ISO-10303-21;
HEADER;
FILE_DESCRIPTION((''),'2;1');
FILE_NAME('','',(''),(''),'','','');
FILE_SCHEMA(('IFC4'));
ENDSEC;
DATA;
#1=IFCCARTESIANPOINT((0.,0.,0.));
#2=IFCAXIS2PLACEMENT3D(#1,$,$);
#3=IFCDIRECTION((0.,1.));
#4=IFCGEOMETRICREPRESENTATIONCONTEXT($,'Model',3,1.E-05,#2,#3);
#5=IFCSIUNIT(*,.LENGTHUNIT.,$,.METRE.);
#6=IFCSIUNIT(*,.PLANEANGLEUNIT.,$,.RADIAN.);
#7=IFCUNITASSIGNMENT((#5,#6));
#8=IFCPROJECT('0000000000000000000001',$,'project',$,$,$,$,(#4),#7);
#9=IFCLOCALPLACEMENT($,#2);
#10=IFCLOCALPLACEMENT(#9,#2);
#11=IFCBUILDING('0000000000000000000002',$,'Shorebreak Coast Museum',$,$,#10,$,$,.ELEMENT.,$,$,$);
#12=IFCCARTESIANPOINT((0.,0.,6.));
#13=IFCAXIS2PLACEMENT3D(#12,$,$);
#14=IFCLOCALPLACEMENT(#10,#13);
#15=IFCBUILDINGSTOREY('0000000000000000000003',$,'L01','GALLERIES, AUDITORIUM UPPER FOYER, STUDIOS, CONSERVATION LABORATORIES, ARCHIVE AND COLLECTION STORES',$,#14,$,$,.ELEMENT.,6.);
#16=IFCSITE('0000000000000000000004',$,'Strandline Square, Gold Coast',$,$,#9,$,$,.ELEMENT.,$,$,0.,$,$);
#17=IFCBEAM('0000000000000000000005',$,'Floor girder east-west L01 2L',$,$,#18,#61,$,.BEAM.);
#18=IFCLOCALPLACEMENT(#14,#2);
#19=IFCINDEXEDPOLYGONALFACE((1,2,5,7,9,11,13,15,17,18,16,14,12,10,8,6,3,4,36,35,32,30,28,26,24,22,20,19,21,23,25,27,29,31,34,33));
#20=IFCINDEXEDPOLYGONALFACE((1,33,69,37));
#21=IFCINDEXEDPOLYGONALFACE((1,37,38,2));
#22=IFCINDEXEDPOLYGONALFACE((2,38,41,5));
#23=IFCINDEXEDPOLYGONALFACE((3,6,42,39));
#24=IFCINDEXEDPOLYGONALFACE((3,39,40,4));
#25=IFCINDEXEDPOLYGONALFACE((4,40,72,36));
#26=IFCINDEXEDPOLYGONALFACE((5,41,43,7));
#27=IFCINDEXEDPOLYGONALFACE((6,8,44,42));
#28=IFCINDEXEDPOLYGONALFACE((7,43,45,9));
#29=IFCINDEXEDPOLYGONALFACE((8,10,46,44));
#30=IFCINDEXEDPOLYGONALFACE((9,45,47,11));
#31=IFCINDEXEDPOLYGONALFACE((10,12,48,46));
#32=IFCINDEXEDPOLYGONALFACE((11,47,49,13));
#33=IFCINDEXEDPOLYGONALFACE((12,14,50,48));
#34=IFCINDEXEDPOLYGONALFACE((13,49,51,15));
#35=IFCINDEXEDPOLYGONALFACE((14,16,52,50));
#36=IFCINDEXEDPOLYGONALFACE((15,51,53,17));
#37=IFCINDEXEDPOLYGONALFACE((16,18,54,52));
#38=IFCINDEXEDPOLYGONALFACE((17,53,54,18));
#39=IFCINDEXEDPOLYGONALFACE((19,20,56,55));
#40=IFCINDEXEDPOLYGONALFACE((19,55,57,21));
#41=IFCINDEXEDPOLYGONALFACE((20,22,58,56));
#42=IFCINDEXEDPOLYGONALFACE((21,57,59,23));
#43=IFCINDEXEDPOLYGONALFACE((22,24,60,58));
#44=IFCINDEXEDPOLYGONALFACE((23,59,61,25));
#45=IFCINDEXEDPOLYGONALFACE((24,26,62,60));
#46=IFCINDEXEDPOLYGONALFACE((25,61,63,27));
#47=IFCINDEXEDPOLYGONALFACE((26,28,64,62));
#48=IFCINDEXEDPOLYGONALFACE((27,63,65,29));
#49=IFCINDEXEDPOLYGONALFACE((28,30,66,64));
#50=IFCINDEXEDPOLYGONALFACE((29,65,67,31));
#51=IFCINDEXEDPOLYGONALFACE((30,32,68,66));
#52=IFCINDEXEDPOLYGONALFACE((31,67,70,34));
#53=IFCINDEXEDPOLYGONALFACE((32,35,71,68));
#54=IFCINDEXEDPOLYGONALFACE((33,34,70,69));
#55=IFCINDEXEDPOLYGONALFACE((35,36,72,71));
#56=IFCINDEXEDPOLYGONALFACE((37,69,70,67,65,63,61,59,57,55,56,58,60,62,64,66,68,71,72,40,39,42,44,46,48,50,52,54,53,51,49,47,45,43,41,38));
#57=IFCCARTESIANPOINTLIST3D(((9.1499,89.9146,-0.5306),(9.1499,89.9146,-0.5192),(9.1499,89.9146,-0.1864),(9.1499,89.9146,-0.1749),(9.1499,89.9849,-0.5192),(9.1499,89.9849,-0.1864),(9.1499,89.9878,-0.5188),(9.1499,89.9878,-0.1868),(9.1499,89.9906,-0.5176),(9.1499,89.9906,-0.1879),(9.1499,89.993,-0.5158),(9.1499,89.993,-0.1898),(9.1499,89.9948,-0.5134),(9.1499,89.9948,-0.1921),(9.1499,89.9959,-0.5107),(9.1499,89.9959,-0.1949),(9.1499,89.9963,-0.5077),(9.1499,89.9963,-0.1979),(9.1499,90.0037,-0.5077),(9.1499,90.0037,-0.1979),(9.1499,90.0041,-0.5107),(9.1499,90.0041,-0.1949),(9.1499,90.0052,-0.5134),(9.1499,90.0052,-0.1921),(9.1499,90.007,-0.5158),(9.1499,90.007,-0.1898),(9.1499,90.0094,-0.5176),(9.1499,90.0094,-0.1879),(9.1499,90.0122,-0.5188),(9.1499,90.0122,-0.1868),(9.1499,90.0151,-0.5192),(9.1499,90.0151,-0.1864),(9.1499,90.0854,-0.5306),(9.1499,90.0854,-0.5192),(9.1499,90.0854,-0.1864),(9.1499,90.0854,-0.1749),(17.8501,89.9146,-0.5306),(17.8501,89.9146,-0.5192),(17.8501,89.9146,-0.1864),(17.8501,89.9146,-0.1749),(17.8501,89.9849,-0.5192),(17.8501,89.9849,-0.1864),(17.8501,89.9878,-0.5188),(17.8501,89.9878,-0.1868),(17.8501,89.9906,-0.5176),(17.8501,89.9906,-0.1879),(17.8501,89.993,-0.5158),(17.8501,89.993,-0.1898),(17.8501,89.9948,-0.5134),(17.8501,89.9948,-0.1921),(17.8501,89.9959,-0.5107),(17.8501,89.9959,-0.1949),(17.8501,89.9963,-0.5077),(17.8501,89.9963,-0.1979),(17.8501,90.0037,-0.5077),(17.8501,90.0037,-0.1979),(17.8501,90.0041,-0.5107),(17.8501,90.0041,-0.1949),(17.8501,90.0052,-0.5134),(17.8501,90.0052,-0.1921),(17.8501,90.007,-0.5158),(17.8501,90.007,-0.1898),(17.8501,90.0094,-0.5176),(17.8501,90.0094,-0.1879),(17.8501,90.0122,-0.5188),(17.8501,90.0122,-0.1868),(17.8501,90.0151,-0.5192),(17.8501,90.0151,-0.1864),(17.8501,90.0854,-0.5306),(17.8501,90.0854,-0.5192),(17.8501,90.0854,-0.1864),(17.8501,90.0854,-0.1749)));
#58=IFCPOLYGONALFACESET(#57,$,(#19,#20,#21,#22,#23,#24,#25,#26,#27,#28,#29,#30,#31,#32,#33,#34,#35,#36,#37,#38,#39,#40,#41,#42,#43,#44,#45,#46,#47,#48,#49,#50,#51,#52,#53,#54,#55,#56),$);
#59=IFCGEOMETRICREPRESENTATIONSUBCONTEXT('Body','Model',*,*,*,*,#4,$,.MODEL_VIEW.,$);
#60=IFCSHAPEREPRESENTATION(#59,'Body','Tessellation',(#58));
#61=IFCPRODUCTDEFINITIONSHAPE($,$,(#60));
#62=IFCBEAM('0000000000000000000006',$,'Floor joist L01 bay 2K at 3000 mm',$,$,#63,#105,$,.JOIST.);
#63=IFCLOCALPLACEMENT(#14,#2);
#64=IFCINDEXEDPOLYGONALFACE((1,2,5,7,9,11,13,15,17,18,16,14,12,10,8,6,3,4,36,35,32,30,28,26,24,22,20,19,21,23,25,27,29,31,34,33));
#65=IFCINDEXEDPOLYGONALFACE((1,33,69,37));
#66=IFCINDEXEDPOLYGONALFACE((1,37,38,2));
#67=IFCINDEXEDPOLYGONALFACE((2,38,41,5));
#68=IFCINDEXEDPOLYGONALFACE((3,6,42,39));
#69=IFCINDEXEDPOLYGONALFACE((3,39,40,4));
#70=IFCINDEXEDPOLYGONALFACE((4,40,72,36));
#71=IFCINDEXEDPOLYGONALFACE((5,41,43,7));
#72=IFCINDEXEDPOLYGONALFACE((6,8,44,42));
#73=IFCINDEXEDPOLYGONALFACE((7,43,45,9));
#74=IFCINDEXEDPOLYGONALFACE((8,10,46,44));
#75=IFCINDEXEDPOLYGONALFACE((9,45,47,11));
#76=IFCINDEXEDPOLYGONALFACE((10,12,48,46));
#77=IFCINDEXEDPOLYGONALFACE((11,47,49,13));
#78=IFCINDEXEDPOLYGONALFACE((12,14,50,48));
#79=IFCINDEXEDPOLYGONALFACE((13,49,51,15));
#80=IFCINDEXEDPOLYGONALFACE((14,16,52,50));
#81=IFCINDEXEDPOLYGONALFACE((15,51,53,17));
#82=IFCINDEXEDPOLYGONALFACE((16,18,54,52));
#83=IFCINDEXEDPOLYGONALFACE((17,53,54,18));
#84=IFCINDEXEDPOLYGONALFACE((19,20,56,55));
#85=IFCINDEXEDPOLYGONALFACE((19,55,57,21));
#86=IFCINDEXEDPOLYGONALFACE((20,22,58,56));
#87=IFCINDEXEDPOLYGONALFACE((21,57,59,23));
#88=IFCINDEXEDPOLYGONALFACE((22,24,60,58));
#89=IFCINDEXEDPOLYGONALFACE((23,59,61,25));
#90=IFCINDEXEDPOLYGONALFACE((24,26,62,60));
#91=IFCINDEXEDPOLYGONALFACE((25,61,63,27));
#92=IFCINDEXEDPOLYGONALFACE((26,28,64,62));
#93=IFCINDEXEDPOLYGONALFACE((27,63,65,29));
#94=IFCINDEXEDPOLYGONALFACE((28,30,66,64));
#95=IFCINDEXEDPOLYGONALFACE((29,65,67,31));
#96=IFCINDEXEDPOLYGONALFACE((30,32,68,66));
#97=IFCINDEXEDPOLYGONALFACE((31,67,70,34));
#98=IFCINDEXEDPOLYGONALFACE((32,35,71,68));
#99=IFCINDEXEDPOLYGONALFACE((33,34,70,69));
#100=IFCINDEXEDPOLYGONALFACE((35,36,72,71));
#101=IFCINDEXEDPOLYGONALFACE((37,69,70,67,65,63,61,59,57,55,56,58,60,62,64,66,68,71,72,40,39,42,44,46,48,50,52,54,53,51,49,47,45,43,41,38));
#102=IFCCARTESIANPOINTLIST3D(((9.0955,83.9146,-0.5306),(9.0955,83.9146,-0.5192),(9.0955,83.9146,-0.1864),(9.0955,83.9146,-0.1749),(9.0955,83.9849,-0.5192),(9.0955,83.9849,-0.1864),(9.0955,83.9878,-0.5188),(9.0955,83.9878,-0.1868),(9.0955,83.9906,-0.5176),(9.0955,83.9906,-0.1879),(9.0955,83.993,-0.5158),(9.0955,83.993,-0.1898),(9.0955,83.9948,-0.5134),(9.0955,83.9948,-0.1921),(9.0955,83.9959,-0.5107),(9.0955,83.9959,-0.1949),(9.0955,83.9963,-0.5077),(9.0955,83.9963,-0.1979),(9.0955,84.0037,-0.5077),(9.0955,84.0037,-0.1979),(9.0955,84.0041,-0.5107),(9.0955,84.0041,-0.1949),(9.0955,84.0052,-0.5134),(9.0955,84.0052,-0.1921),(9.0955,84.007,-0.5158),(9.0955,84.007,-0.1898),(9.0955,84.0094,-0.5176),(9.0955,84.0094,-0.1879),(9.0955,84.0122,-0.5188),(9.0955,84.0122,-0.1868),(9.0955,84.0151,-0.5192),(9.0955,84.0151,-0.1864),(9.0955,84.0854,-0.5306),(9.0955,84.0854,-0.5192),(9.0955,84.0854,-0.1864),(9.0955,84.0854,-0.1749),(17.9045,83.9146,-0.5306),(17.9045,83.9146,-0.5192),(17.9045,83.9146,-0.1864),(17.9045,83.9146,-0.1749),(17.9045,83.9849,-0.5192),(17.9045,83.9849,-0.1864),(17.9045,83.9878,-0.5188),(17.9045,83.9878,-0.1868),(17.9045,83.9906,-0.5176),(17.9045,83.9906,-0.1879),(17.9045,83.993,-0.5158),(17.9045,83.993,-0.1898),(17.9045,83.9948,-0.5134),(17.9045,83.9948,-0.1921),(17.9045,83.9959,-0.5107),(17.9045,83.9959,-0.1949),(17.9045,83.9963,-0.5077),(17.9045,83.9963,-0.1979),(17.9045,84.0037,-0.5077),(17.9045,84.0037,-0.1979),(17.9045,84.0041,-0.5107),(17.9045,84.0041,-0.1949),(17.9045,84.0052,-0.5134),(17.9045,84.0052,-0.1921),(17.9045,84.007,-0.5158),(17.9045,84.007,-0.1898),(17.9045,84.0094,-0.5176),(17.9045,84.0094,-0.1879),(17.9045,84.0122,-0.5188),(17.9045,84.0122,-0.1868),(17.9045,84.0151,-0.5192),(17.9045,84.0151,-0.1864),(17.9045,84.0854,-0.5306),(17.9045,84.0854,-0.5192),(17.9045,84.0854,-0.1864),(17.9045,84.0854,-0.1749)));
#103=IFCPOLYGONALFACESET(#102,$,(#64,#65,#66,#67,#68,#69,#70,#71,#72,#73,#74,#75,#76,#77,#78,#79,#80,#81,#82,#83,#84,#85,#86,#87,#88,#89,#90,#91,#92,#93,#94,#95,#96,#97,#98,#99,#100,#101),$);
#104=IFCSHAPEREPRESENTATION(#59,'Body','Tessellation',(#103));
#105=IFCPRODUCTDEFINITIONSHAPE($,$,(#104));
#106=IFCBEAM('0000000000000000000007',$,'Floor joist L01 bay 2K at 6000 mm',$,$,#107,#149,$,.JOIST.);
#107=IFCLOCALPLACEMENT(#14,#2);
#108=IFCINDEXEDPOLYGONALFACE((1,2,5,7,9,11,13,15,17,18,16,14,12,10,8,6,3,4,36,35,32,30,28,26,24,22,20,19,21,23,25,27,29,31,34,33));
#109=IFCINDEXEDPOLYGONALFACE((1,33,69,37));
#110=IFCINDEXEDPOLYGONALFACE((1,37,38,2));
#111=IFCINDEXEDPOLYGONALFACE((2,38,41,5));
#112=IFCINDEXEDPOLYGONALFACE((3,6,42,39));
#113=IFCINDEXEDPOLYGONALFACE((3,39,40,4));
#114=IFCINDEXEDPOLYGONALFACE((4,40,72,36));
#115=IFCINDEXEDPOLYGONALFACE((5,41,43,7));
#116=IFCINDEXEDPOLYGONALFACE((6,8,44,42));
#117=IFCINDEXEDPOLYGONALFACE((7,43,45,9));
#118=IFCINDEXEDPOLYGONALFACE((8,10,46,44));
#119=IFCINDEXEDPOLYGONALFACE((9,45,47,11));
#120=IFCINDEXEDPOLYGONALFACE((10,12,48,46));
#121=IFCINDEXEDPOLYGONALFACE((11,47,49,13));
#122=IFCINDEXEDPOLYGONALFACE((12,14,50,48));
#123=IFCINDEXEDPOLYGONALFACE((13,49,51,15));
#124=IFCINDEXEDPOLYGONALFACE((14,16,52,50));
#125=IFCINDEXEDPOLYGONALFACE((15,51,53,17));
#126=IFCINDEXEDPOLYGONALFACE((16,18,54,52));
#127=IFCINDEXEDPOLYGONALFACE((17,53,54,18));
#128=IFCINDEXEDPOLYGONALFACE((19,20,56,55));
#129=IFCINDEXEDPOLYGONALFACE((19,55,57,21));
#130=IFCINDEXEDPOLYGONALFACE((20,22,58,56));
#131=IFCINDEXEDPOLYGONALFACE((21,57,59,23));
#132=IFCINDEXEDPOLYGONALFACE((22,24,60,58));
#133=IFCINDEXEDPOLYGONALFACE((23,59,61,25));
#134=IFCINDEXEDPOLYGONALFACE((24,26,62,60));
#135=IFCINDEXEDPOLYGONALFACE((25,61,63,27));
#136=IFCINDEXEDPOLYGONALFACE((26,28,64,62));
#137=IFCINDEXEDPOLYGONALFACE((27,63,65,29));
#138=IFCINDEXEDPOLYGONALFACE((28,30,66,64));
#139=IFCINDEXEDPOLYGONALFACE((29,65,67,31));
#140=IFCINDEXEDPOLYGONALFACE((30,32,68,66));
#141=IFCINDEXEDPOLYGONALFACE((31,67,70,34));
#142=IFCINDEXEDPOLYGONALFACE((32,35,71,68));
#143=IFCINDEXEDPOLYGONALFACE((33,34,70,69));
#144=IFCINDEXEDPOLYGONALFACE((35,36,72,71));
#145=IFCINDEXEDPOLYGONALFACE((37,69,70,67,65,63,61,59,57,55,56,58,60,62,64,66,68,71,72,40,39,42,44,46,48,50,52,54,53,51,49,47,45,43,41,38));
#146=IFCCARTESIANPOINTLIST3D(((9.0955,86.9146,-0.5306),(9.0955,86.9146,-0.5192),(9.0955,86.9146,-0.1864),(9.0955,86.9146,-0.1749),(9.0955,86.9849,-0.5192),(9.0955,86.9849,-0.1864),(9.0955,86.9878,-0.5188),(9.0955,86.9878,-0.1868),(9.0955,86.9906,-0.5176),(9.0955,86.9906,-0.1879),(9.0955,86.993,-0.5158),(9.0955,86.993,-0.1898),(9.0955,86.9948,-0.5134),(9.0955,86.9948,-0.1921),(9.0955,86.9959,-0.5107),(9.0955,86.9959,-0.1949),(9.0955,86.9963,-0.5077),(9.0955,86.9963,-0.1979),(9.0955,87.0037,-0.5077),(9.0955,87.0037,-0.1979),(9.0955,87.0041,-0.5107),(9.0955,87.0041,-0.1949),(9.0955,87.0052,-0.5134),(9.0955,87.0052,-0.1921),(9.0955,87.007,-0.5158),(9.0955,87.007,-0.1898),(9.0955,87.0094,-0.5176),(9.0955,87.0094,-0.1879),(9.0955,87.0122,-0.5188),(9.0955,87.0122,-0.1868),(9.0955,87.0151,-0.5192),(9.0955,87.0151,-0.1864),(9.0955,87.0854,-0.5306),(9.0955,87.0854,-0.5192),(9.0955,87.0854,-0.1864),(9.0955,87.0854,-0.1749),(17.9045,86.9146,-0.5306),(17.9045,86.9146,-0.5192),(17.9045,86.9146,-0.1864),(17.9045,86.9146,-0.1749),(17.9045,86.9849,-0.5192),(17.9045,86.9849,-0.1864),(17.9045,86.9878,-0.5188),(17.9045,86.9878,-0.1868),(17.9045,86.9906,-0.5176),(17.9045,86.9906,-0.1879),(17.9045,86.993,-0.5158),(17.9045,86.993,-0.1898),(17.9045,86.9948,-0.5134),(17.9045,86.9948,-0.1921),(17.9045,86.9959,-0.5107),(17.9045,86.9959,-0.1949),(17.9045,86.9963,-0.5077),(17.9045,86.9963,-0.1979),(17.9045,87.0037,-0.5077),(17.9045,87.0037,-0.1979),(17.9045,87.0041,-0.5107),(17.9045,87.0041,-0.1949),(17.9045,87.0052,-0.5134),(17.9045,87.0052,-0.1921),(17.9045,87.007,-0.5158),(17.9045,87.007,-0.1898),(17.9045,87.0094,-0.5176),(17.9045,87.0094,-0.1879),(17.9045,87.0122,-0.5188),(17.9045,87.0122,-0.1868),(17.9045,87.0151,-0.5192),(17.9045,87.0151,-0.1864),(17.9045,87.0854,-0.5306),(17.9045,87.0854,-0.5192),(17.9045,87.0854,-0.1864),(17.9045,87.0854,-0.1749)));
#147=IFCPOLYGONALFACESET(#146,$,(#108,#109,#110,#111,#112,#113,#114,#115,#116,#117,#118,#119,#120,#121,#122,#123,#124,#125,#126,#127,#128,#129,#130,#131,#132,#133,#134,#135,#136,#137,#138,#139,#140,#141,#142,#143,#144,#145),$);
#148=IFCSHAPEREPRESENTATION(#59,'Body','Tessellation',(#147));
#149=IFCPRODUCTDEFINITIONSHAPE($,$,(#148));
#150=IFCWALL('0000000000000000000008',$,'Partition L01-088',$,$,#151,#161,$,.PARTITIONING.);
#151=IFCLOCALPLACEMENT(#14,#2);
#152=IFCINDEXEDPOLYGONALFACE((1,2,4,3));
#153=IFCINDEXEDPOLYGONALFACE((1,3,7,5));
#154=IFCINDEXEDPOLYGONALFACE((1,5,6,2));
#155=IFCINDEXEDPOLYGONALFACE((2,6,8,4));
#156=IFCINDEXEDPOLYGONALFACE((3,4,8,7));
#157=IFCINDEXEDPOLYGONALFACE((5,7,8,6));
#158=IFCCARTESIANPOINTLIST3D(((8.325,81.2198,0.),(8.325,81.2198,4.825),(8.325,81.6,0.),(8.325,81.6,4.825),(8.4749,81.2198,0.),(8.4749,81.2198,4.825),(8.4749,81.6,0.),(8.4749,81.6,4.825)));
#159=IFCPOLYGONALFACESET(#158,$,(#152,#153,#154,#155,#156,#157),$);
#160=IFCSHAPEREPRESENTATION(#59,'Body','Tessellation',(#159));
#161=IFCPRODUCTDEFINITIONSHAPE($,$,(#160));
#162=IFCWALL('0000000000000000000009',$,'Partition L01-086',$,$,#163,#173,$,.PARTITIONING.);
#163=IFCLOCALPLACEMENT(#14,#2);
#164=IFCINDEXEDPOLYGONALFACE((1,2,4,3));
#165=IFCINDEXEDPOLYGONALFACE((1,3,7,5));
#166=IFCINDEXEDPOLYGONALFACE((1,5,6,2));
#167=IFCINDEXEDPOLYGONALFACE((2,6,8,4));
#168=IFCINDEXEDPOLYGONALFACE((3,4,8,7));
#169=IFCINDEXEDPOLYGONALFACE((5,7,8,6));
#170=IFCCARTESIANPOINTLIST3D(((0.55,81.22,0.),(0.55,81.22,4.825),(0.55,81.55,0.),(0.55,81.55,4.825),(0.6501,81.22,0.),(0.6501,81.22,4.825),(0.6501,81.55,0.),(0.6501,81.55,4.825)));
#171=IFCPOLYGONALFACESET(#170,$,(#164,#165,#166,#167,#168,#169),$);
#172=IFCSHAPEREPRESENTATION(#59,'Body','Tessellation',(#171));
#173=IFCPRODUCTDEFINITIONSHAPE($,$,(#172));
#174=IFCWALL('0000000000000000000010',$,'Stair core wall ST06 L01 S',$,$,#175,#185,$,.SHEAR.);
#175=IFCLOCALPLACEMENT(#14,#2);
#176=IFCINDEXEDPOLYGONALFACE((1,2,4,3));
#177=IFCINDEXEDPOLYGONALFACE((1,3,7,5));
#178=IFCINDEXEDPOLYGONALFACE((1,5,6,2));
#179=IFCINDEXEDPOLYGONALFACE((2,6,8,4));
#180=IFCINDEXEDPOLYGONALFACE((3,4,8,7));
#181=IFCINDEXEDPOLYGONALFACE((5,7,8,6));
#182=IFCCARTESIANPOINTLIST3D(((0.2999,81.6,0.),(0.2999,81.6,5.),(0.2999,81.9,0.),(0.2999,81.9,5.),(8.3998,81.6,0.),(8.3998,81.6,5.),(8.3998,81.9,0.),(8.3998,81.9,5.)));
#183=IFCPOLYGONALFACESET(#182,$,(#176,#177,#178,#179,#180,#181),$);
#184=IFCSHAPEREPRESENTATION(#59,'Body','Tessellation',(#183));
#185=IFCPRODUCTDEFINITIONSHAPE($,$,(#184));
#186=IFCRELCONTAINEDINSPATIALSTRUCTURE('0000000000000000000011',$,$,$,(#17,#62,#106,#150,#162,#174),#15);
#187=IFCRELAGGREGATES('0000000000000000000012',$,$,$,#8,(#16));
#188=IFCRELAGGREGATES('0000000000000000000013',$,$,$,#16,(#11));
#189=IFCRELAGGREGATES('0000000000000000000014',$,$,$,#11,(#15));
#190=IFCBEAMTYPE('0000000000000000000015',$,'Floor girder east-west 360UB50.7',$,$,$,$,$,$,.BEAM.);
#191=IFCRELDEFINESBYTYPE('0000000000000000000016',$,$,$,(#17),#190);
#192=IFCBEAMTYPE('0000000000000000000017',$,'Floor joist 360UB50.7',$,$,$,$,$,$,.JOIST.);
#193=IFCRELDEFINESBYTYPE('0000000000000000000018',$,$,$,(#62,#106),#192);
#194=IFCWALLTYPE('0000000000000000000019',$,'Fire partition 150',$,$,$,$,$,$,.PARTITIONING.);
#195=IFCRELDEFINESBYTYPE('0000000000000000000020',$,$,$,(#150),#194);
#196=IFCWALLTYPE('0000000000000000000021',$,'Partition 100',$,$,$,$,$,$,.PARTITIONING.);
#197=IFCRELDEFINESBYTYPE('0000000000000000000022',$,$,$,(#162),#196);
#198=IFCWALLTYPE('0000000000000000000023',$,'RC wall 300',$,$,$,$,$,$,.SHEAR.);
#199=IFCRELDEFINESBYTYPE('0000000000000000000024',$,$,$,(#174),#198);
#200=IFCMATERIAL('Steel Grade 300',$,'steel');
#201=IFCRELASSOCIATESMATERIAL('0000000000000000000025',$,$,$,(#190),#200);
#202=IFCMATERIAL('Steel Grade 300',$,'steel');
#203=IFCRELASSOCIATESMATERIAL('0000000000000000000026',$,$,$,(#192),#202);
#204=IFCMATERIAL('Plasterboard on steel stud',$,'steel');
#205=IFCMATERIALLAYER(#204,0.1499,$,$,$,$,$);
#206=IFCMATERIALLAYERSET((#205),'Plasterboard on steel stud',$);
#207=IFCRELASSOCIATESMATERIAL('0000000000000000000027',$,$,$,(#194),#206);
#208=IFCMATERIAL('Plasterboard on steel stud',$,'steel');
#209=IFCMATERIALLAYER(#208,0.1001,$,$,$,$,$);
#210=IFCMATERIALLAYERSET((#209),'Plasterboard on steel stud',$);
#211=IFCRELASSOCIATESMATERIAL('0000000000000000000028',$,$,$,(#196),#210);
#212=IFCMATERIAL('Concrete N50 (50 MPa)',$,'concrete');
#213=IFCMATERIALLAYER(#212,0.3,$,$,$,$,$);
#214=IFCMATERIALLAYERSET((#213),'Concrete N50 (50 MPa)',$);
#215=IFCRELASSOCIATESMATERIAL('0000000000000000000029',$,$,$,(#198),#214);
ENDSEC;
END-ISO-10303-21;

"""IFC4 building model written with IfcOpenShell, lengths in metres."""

from ifc_helpers import new_model, si_unit, direction, frame, frame_2d, origin, origin_2d, place, context, subcontext, project, spatial, rectangle, i_section, extrude, material, layer, layer_set, material_profile, profile_set, type_object, element, save


model = new_model("IFC4")

# Units and contexts
model_context = context("Model", 3, precision=1e-05, world=origin(), true_north=direction((0.0, 1.0)))
body_context = subcontext(model_context, "Body", "Model", "MODEL_VIEW")
ifc_project = project(units=[si_unit("LENGTHUNIT", "METRE"), si_unit("PLANEANGLEUNIT", "RADIAN")], contexts=[model_context])

# Site, building, storey
site_placement = place(None, origin())
site = spatial("IfcSite", under=ifc_project, at=site_placement, Name="Strandline Square, Gold Coast", CompositionType="ELEMENT", RefElevation=0.0)
building_placement = place(site_placement, origin())
building = spatial("IfcBuilding", under=site, at=building_placement, Name="Shorebreak Coast Museum", CompositionType="ELEMENT")
storey_placement = place(building_placement, frame((0.0, 0.0, 6.0)))
storey = spatial("IfcBuildingStorey", under=building, at=storey_placement, Name="L01", Description="GALLERIES, AUDITORIUM UPPER FOYER, STUDIOS, CONSERVATION LABORATORIES, ARCHIVE AND COLLECTION STORES", CompositionType="ELEMENT", Elevation=6.0)

# Beams
ifc_material_1 = material(Name="Steel Grade 300", Category="steel")
ifc_material_profile_1 = material_profile(ifc_material_1, i_section(OverallWidth=0.1709, OverallDepth=0.3557, WebThickness=0.0073, FlangeThickness=0.0115, FilletRadius=0.0115, at=origin_2d()), Name="360UB50.7")
ifc_profile_set_1 = profile_set([ifc_material_profile_1], Name="Steel Grade 300")
beam_type_1 = type_object("IfcBeamType", Name="Floor girder east-west 360UB50.7", PredefinedType="BEAM", material=ifc_profile_set_1)
for number, where, z_axis, x_axis, name in (
    (1, (9.1499, 90.0, -0.3528), (1.0, 0.0, 0.0), (0.0, 1.0, 0.0), "Floor girder east-west L01 2L"),
):
    element("IfcBeam", number, at=place(storey_placement, frame(where, z_axis=z_axis, x_axis=x_axis)), inside=storey, type_object=beam_type_1, Name=name, PredefinedType="BEAM", context=body_context, shape_type="SweptSolid", body=[
        extrude(i_section(OverallWidth=0.1709, OverallDepth=0.3557, WebThickness=0.0073, FlangeThickness=0.0115, FilletRadius=0.0115, at=origin_2d()), origin(), (0.0, 0.0, 1.0), 8.7002),
    ])
ifc_material_2 = material(Name="Steel Grade 300", Category="steel")
ifc_material_profile_2 = material_profile(ifc_material_2, i_section(OverallWidth=0.1709, OverallDepth=0.3557, WebThickness=0.0073, FlangeThickness=0.0115, FilletRadius=0.0115, at=origin_2d()), Name="360UB50.7")
ifc_profile_set_2 = profile_set([ifc_material_profile_2], Name="Steel Grade 300")
beam_type_2 = type_object("IfcBeamType", Name="Floor joist 360UB50.7", PredefinedType="JOIST", material=ifc_profile_set_2)
for number, where, z_axis, x_axis, name in (
    (2, (9.0955, 84.0, -0.3528), (1.0, 0.0, 0.0), (0.0, 1.0, 0.0), "Floor joist L01 bay 2K at 3000 mm"),
    (3, (9.0955, 87.0, -0.3528), (1.0, 0.0, 0.0), (0.0, 1.0, 0.0), "Floor joist L01 bay 2K at 6000 mm"),
):
    element("IfcBeam", number, at=place(storey_placement, frame(where, z_axis=z_axis, x_axis=x_axis)), inside=storey, type_object=beam_type_2, Name=name, PredefinedType="JOIST", context=body_context, shape_type="SweptSolid", body=[
        extrude(i_section(OverallWidth=0.1709, OverallDepth=0.3557, WebThickness=0.0073, FlangeThickness=0.0115, FilletRadius=0.0115, at=origin_2d()), origin(), (0.0, 0.0, 1.0), 8.8091),
    ])

# Walls
ifc_material_3 = material(Name="Plasterboard on steel stud", Category="steel")
ifc_layer_1 = layer(ifc_material_3, 0.1499)
ifc_layer_set_1 = layer_set([ifc_layer_1], Name="Plasterboard on steel stud")
wall_type_1 = type_object("IfcWallType", Name="Fire partition 150", PredefinedType="PARTITIONING", material=ifc_layer_set_1)
wall_1_placement = place(storey_placement, frame((8.3999, 81.22, 0.0), z_axis=(0.0, 0.0, 1.0), x_axis=(0.0, 1.0, 0.0)))
element("IfcWall", 4, at=wall_1_placement, inside=storey, type_object=wall_type_1, Name="Partition L01-088", PredefinedType="PARTITIONING", context=body_context, shape_type="SweptSolid", body=[
    extrude(rectangle(XDim=0.3801, YDim=0.1499, at=frame_2d((0.1899, 0.0))), origin(), (0.0, 0.0, 1.0), 4.825),
])
ifc_material_4 = material(Name="Plasterboard on steel stud", Category="steel")
ifc_layer_2 = layer(ifc_material_4, 0.1001)
ifc_layer_set_2 = layer_set([ifc_layer_2], Name="Plasterboard on steel stud")
wall_type_2 = type_object("IfcWallType", Name="Partition 100", PredefinedType="PARTITIONING", material=ifc_layer_set_2)
wall_2_placement = place(storey_placement, frame((0.6001, 81.22, 0.0), z_axis=(0.0, 0.0, 1.0), x_axis=(0.0, 1.0, 0.0)))
element("IfcWall", 5, at=wall_2_placement, inside=storey, type_object=wall_type_2, Name="Partition L01-086", PredefinedType="PARTITIONING", context=body_context, shape_type="SweptSolid", body=[
    extrude(rectangle(XDim=0.3301, YDim=0.1001, at=frame_2d((0.165, 0.0))), origin(), (0.0, 0.0, 1.0), 4.825),
])
ifc_material_5 = material(Name="Concrete N50 (50 MPa)", Category="concrete")
ifc_layer_3 = layer(ifc_material_5, 0.3)
ifc_layer_set_3 = layer_set([ifc_layer_3], Name="Concrete N50 (50 MPa)")
wall_type_3 = type_object("IfcWallType", Name="RC wall 300", PredefinedType="SHEAR", material=ifc_layer_set_3)
wall_3_placement = place(storey_placement, frame((0.3, 81.75, 0.0), z_axis=(0.0, 0.0, 1.0), x_axis=(1.0, 0.0, 0.0)))
element("IfcWall", 6, at=wall_3_placement, inside=storey, type_object=wall_type_3, Name="Stair core wall ST06 L01 S", PredefinedType="SHEAR", context=body_context, shape_type="SweptSolid", body=[
    extrude(rectangle(XDim=8.0999, YDim=0.3, at=frame_2d((4.0498, 0.0))), origin(), (0.0, 0.0, 1.0), 5.0),
])

save(model, "model.ifc")
